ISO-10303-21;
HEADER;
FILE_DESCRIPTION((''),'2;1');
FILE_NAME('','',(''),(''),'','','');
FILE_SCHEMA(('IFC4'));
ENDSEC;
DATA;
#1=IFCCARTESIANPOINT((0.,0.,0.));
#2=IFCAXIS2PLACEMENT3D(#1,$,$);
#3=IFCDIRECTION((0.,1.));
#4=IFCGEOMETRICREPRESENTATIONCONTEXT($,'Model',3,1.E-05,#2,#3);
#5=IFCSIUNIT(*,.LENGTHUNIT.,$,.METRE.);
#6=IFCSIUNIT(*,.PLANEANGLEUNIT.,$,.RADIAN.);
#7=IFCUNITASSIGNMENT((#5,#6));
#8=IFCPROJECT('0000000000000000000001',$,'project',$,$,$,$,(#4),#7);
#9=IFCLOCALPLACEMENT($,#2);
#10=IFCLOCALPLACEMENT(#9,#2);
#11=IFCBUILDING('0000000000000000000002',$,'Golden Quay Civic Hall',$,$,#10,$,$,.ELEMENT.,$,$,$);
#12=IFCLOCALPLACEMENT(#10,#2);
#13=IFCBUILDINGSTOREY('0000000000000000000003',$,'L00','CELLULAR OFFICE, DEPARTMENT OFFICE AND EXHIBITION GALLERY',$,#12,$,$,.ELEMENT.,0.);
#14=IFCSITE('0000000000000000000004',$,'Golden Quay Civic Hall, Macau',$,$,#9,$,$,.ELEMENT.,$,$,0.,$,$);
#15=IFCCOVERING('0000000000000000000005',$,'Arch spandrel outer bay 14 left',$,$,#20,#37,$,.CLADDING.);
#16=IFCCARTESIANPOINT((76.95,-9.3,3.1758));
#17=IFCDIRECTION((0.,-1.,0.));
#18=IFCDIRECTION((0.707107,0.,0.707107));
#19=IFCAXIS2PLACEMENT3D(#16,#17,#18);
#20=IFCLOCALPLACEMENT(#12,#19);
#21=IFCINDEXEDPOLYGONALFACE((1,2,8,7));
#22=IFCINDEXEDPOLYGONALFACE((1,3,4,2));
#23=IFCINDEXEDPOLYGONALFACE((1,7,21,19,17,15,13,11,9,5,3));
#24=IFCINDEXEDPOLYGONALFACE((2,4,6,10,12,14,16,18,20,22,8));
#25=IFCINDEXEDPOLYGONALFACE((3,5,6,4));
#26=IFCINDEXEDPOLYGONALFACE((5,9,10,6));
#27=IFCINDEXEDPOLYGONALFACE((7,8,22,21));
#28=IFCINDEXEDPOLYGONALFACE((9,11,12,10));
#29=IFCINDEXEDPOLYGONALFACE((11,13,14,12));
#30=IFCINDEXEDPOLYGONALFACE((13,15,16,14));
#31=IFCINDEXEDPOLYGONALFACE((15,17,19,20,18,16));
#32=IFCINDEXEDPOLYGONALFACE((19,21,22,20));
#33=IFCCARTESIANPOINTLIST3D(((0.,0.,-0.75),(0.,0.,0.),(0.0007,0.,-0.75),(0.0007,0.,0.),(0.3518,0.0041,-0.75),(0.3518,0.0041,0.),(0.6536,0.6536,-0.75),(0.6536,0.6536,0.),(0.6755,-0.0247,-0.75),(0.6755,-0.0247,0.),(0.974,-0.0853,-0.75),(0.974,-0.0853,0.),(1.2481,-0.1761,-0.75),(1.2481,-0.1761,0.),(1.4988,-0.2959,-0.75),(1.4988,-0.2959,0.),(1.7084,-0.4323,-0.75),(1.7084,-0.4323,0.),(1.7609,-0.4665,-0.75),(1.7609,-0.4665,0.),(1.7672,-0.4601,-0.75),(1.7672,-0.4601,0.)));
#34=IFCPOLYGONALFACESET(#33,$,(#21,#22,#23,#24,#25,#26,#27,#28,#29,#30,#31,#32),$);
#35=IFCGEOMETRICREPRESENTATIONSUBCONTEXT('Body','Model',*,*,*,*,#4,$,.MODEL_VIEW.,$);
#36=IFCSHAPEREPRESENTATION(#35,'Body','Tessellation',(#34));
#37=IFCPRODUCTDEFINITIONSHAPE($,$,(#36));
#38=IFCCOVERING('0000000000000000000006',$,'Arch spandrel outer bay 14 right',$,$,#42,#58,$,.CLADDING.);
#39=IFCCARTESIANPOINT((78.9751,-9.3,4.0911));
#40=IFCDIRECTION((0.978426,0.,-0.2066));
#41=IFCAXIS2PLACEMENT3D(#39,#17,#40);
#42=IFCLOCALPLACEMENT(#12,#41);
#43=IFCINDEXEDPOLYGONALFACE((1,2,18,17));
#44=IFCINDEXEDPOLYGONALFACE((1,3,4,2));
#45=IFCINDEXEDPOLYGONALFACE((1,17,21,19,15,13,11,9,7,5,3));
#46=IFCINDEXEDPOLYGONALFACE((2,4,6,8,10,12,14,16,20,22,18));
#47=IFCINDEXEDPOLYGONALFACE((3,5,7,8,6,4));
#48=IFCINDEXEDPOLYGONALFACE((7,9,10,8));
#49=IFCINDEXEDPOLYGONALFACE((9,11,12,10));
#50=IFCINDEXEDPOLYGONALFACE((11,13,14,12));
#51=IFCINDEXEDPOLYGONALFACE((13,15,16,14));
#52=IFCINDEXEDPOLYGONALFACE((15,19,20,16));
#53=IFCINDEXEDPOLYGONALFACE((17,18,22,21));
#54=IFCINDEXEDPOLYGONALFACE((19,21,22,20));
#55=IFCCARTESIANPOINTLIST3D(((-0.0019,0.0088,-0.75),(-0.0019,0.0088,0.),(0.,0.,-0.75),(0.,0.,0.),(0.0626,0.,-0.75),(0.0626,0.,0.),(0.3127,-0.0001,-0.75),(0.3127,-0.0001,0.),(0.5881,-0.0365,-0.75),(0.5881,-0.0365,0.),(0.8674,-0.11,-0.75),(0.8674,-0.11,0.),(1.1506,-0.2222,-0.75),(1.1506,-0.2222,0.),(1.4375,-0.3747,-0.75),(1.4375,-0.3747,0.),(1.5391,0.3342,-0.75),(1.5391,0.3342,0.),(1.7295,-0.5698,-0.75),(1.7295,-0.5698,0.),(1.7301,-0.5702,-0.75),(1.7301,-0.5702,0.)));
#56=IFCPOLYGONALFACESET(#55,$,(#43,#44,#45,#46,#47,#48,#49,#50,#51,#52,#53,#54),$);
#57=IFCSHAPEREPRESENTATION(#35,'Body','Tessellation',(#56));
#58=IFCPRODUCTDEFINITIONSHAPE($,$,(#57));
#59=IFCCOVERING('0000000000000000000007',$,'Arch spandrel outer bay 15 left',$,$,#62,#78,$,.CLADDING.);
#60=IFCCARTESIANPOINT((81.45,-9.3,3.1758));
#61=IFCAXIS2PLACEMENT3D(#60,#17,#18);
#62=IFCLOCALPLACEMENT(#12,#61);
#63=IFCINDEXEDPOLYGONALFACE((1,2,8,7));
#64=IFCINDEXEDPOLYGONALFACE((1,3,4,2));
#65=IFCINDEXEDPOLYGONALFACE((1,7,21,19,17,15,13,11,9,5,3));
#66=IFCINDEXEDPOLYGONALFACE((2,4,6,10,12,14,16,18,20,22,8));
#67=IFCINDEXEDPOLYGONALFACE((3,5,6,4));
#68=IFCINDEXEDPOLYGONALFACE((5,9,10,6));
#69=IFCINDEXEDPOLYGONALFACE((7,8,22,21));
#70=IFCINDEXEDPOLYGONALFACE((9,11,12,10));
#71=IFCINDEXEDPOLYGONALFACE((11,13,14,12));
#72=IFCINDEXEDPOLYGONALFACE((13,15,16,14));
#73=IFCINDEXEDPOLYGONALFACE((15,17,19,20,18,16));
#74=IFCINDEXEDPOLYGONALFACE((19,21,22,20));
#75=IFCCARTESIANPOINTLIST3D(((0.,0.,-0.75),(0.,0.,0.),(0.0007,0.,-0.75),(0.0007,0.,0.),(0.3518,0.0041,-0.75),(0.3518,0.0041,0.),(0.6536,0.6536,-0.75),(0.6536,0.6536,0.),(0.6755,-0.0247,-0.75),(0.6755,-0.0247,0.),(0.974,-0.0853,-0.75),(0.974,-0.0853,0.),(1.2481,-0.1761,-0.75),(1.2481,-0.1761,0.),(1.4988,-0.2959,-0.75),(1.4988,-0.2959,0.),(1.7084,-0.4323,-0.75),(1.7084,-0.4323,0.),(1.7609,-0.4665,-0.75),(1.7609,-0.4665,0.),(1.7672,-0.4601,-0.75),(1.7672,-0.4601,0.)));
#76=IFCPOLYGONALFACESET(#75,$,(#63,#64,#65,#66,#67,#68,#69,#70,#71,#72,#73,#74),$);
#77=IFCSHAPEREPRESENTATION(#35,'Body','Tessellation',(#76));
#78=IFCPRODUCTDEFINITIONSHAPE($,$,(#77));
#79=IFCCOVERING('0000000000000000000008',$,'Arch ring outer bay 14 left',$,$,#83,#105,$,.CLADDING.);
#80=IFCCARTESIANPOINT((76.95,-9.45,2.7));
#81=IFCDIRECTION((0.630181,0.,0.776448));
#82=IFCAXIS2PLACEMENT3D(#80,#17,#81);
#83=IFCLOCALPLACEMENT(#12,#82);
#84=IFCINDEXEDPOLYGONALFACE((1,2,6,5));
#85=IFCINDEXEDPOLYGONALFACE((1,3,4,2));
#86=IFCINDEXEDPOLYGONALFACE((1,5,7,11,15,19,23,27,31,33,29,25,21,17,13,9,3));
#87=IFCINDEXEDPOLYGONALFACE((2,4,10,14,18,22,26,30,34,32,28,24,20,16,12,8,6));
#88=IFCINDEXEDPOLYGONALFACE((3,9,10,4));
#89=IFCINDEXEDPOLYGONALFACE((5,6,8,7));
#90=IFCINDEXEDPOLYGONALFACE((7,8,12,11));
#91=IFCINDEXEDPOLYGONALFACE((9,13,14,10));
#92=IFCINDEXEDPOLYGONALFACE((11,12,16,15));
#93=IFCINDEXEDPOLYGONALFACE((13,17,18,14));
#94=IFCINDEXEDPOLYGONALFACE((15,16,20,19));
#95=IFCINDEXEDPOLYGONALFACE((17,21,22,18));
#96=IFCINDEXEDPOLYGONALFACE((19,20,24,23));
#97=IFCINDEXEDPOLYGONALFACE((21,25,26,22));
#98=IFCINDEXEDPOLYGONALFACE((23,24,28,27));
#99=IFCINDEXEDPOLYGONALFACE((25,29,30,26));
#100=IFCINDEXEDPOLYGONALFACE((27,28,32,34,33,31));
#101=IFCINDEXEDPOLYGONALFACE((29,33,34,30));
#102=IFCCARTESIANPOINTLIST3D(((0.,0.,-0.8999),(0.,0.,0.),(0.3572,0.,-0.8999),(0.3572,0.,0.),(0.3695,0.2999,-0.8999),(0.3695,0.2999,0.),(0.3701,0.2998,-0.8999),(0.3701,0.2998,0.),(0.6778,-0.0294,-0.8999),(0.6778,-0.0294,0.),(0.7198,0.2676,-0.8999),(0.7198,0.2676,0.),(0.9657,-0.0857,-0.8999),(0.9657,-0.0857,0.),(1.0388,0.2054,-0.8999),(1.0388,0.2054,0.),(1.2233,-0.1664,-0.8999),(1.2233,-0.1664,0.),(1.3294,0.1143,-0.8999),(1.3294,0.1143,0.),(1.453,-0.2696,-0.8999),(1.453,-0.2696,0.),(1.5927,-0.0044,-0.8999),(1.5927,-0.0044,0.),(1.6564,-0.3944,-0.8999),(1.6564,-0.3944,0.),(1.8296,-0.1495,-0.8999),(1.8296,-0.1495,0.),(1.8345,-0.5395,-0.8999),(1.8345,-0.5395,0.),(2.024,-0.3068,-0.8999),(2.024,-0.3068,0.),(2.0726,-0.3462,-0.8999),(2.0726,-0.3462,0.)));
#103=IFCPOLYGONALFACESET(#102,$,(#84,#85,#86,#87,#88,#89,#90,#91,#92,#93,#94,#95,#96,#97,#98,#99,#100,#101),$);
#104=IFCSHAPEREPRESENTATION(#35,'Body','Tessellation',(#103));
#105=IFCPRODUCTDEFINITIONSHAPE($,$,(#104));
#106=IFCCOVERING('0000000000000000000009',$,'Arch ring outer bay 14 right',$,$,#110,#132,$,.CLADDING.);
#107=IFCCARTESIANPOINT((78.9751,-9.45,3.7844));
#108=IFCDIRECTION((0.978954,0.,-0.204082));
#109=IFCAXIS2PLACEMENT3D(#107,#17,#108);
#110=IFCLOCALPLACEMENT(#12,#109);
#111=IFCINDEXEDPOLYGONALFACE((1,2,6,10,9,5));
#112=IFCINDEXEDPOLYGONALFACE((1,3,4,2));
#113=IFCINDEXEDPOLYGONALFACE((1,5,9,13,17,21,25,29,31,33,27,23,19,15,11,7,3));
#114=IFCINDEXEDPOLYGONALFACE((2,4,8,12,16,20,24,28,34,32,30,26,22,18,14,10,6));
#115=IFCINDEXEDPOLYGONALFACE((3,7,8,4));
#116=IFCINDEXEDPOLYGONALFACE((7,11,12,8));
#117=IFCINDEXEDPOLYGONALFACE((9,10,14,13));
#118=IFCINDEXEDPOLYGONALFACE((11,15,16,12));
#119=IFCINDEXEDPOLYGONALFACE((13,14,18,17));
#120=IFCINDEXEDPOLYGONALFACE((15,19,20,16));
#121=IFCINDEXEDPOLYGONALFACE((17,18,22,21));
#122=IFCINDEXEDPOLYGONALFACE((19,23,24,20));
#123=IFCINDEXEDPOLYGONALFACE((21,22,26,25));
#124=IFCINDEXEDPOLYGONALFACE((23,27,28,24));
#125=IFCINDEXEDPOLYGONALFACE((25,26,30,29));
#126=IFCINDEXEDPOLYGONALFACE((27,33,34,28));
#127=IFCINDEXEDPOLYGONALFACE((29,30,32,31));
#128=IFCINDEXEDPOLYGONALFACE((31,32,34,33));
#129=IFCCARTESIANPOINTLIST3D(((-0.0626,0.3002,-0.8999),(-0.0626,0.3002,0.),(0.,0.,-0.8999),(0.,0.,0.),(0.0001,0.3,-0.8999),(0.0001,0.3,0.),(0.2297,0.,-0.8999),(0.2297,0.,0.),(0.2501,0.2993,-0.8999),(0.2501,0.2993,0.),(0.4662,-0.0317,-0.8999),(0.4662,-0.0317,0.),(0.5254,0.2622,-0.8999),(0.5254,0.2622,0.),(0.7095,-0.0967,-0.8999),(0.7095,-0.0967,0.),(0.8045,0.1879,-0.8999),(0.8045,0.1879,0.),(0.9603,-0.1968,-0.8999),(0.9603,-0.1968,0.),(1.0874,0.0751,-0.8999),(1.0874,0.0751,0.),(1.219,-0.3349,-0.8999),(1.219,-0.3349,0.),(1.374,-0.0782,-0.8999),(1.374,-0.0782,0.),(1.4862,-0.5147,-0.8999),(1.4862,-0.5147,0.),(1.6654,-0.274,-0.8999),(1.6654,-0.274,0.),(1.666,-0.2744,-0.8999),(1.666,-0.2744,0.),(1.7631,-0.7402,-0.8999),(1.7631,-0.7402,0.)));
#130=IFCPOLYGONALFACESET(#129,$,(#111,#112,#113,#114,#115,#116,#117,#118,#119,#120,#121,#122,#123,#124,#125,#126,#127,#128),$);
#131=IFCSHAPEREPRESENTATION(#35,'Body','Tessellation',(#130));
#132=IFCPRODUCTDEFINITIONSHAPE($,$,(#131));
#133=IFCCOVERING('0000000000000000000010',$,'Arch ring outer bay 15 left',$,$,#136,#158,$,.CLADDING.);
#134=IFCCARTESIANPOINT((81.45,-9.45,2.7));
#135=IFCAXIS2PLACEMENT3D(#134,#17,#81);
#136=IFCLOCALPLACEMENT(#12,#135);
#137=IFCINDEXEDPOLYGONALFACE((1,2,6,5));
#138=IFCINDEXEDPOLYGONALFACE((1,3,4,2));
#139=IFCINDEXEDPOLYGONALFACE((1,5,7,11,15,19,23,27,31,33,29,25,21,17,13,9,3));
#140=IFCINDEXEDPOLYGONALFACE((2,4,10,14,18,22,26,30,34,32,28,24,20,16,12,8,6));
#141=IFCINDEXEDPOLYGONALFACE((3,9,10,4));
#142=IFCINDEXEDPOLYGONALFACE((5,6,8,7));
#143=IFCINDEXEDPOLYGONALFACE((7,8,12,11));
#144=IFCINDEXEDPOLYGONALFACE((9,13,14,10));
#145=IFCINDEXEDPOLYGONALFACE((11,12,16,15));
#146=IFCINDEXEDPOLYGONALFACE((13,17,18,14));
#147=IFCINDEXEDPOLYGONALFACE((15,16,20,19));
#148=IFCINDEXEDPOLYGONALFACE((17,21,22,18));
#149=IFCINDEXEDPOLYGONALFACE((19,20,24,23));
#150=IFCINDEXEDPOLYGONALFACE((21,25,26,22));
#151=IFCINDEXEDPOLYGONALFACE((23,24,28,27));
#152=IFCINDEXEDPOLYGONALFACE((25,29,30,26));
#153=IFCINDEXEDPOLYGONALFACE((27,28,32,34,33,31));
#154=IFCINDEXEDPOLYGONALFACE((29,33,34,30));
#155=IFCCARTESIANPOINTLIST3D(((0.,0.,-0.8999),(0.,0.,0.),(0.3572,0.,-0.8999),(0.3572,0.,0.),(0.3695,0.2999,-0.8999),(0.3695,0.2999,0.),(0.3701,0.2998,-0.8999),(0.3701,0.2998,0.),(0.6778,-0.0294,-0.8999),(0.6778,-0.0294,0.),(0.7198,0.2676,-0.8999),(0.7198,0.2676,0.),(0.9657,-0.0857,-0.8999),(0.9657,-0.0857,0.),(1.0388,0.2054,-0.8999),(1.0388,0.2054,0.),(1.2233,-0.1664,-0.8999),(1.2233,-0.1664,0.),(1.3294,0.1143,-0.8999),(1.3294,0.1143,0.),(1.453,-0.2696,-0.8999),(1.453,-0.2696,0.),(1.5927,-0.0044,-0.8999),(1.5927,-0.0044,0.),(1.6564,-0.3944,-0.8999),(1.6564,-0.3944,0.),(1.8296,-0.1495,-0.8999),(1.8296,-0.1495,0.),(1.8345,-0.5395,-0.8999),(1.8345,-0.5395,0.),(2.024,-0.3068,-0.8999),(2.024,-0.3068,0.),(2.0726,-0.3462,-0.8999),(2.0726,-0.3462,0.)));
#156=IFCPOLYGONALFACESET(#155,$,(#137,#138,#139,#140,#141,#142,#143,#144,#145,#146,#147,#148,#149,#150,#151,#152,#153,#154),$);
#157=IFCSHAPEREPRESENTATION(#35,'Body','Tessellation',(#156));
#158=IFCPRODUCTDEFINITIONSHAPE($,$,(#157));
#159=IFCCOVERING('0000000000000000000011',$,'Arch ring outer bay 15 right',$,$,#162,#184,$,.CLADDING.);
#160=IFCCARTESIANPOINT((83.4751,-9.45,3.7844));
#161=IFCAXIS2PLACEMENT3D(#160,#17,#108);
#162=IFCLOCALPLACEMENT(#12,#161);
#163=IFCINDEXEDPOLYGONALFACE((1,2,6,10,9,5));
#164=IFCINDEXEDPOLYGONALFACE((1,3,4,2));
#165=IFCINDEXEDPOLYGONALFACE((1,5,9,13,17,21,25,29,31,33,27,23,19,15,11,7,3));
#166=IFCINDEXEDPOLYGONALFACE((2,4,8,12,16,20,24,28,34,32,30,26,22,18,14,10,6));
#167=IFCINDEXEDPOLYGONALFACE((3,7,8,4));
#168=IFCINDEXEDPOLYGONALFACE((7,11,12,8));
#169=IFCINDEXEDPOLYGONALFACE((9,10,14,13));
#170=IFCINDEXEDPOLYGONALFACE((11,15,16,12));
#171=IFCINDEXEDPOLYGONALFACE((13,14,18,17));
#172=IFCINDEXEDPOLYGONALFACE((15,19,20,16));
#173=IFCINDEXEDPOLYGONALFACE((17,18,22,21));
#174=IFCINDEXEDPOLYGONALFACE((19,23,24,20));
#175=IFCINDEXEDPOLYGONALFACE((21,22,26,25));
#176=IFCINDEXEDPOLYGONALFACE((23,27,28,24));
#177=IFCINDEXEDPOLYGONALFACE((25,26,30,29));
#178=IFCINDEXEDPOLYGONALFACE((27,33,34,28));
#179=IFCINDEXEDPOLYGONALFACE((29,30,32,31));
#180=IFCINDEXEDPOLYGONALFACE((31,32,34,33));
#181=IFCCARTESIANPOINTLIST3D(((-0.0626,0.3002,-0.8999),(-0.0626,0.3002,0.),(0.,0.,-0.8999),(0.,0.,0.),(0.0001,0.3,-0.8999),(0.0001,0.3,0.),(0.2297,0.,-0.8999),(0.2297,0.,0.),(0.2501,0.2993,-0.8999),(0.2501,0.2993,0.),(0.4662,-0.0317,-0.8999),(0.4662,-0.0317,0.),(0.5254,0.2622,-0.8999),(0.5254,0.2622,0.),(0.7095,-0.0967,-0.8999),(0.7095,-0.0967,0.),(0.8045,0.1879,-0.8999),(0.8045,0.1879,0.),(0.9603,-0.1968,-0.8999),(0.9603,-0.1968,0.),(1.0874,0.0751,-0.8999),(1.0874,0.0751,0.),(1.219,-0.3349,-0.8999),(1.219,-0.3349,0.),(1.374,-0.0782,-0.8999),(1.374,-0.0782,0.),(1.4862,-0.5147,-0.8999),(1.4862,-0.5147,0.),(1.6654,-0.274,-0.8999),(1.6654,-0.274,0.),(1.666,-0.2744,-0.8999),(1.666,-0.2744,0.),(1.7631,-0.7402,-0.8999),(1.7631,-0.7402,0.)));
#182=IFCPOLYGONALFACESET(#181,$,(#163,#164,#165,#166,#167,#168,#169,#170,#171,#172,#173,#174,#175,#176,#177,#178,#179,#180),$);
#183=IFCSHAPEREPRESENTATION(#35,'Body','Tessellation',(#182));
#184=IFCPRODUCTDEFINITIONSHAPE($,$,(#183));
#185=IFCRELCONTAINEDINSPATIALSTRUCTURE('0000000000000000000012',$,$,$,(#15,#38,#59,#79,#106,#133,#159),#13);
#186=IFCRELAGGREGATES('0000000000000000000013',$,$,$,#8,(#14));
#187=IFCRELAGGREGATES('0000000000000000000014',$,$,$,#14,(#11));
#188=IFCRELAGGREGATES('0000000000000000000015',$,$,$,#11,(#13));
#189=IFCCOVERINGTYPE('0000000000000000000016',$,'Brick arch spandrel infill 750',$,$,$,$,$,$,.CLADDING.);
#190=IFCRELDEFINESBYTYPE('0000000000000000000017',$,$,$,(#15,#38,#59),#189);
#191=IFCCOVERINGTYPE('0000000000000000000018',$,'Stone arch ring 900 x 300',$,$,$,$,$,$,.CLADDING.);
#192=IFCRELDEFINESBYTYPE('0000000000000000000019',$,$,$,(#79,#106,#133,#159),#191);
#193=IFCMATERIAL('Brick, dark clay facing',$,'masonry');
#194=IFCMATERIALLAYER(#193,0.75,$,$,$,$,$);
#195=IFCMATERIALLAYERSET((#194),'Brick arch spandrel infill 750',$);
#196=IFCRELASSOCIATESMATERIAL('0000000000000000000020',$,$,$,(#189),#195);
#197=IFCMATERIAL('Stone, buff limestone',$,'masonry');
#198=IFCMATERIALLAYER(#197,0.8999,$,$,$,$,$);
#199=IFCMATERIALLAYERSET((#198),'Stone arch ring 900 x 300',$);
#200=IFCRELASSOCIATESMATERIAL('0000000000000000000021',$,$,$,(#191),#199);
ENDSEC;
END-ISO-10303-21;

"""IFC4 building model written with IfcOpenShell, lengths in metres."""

from ifc_helpers import new_model, si_unit, direction, frame, origin, place, context, subcontext, project, spatial, polyline, outline, extrude, material, layer, layer_set, type_object, element, save


model = new_model("IFC4")

# Units and contexts
model_context = context("Model", 3, precision=1e-05, world=origin(), true_north=direction((0.0, 1.0)))
body_context = subcontext(model_context, "Body", "Model", "MODEL_VIEW")
ifc_project = project(units=[si_unit("LENGTHUNIT", "METRE"), si_unit("PLANEANGLEUNIT", "RADIAN")], contexts=[model_context])

# Site, building, storey
site_placement = place(None, origin())
site = spatial("IfcSite", under=ifc_project, at=site_placement, Name="Golden Quay Civic Hall, Macau", CompositionType="ELEMENT", RefElevation=0.0)
building_placement = place(site_placement, origin())
building = spatial("IfcBuilding", under=site, at=building_placement, Name="Golden Quay Civic Hall", CompositionType="ELEMENT")
storey_placement = place(building_placement, origin())
storey = spatial("IfcBuildingStorey", under=building, at=storey_placement, Name="L00", Description="CELLULAR OFFICE, DEPARTMENT OFFICE AND EXHIBITION GALLERY", CompositionType="ELEMENT", Elevation=0.0)

# Coverings
ifc_material_1 = material(Name="Brick, dark clay facing", Category="masonry")
ifc_layer_1 = layer(ifc_material_1, 0.75)
ifc_layer_set_1 = layer_set([ifc_layer_1], Name="Brick arch spandrel infill 750")
covering_type_1 = type_object("IfcCoveringType", Name="Brick arch spandrel infill 750", PredefinedType="CLADDING", material=ifc_layer_set_1)
covering_1_placement = place(storey_placement, frame((76.95, -9.3, 3.1758), z_axis=(0.0, -1.0, 0.0), x_axis=(0.707107, 0.0, 0.707107)))
element("IfcCovering", 1, at=covering_1_placement, inside=storey, type_object=covering_type_1, Name="Arch spandrel outer bay 14 left", PredefinedType="CLADDING", context=body_context, shape_type="SweptSolid", body=[
    extrude(outline(polyline([(0.0, 0.0), (0.0007, 0.0), (0.3518, 0.0041), (0.6755, -0.0247), (0.974, -0.0853), (1.2481, -0.1761), (1.4988, -0.2959), (1.7084, -0.4323), (1.7609, -0.4665), (1.7672, -0.4601), (0.6536, 0.6536), (0.0, 0.0)])), origin(), (0.0, 0.0, -1.0), 0.75),
])
covering_2_placement = place(storey_placement, frame((78.9751, -9.3, 4.0911), z_axis=(0.0, -1.0, 0.0), x_axis=(0.978426, 0.0, -0.2066)))
element("IfcCovering", 2, at=covering_2_placement, inside=storey, type_object=covering_type_1, Name="Arch spandrel outer bay 14 right", PredefinedType="CLADDING", context=body_context, shape_type="SweptSolid", body=[
    extrude(outline(polyline([(0.0, 0.0), (0.0626, 0.0), (0.3127, -0.0001), (0.5881, -0.0365), (0.8674, -0.11), (1.1506, -0.2222), (1.4375, -0.3747), (1.7295, -0.5698), (1.7301, -0.5702), (1.5391, 0.3342), (-0.0019, 0.0088), (0.0, 0.0)])), origin(), (0.0, 0.0, -1.0), 0.75),
])
covering_3_placement = place(storey_placement, frame((81.45, -9.3, 3.1758), z_axis=(0.0, -1.0, 0.0), x_axis=(0.707107, 0.0, 0.707107)))
element("IfcCovering", 3, at=covering_3_placement, inside=storey, type_object=covering_type_1, Name="Arch spandrel outer bay 15 left", PredefinedType="CLADDING", context=body_context, shape_type="SweptSolid", body=[
    extrude(outline(polyline([(0.0, 0.0), (0.0007, 0.0), (0.3518, 0.0041), (0.6755, -0.0247), (0.974, -0.0853), (1.2481, -0.1761), (1.4988, -0.2959), (1.7084, -0.4323), (1.7609, -0.4665), (1.7672, -0.4601), (0.6536, 0.6536), (0.0, 0.0)])), origin(), (0.0, 0.0, -1.0), 0.75),
])
ifc_material_2 = material(Name="Stone, buff limestone", Category="masonry")
ifc_layer_2 = layer(ifc_material_2, 0.8999)
ifc_layer_set_2 = layer_set([ifc_layer_2], Name="Stone arch ring 900 x 300")
covering_type_2 = type_object("IfcCoveringType", Name="Stone arch ring 900 x 300", PredefinedType="CLADDING", material=ifc_layer_set_2)
covering_4_placement = place(storey_placement, frame((76.95, -9.45, 2.7), z_axis=(0.0, -1.0, 0.0), x_axis=(0.630181, 0.0, 0.776448)))
element("IfcCovering", 4, at=covering_4_placement, inside=storey, type_object=covering_type_2, Name="Arch ring outer bay 14 left", PredefinedType="CLADDING", context=body_context, shape_type="SweptSolid", body=[
    extrude(outline(polyline([(0.0, 0.0), (0.3572, 0.0), (0.6778, -0.0294), (0.9657, -0.0857), (1.2233, -0.1664), (1.453, -0.2696), (1.6564, -0.3944), (1.8345, -0.5395), (2.0726, -0.3462), (2.024, -0.3068), (1.8296, -0.1495), (1.5927, -0.0044), (1.3294, 0.1143), (1.0388, 0.2054), (0.7198, 0.2676), (0.3701, 0.2998), (0.3695, 0.2999), (0.0, 0.0)])), origin(), (0.0, 0.0, -1.0), 0.8999),
])
covering_5_placement = place(storey_placement, frame((78.9751, -9.45, 3.7844), z_axis=(0.0, -1.0, 0.0), x_axis=(0.978954, 0.0, -0.204082)))
element("IfcCovering", 5, at=covering_5_placement, inside=storey, type_object=covering_type_2, Name="Arch ring outer bay 14 right", PredefinedType="CLADDING", context=body_context, shape_type="SweptSolid", body=[
    extrude(outline(polyline([(0.0, 0.0), (0.2297, 0.0), (0.4662, -0.0317), (0.7095, -0.0967), (0.9603, -0.1968), (1.219, -0.3349), (1.4862, -0.5147), (1.7631, -0.7402), (1.666, -0.2744), (1.6654, -0.274), (1.374, -0.0782), (1.0874, 0.0751), (0.8045, 0.1879), (0.5254, 0.2622), (0.2501, 0.2993), (0.0001, 0.3), (-0.0626, 0.3002), (0.0, 0.0)])), origin(), (0.0, 0.0, -1.0), 0.8999),
])
covering_6_placement = place(storey_placement, frame((81.45, -9.45, 2.7), z_axis=(0.0, -1.0, 0.0), x_axis=(0.630181, 0.0, 0.776448)))
element("IfcCovering", 6, at=covering_6_placement, inside=storey, type_object=covering_type_2, Name="Arch ring outer bay 15 left", PredefinedType="CLADDING", context=body_context, shape_type="SweptSolid", body=[
    extrude(outline(polyline([(0.0, 0.0), (0.3572, 0.0), (0.6778, -0.0294), (0.9657, -0.0857), (1.2233, -0.1664), (1.453, -0.2696), (1.6564, -0.3944), (1.8345, -0.5395), (2.0726, -0.3462), (2.024, -0.3068), (1.8296, -0.1495), (1.5927, -0.0044), (1.3294, 0.1143), (1.0388, 0.2054), (0.7198, 0.2676), (0.3701, 0.2998), (0.3695, 0.2999), (0.0, 0.0)])), origin(), (0.0, 0.0, -1.0), 0.8999),
])
covering_7_placement = place(storey_placement, frame((83.4751, -9.45, 3.7844), z_axis=(0.0, -1.0, 0.0), x_axis=(0.978954, 0.0, -0.204082)))
element("IfcCovering", 7, at=covering_7_placement, inside=storey, type_object=covering_type_2, Name="Arch ring outer bay 15 right", PredefinedType="CLADDING", context=body_context, shape_type="SweptSolid", body=[
    extrude(outline(polyline([(0.0, 0.0), (0.2297, 0.0), (0.4662, -0.0317), (0.7095, -0.0967), (0.9603, -0.1968), (1.219, -0.3349), (1.4862, -0.5147), (1.7631, -0.7402), (1.666, -0.2744), (1.6654, -0.274), (1.374, -0.0782), (1.0874, 0.0751), (0.8045, 0.1879), (0.5254, 0.2622), (0.2501, 0.2993), (0.0001, 0.3), (-0.0626, 0.3002), (0.0, 0.0)])), origin(), (0.0, 0.0, -1.0), 0.8999),
])

save(model, "model.ifc")
